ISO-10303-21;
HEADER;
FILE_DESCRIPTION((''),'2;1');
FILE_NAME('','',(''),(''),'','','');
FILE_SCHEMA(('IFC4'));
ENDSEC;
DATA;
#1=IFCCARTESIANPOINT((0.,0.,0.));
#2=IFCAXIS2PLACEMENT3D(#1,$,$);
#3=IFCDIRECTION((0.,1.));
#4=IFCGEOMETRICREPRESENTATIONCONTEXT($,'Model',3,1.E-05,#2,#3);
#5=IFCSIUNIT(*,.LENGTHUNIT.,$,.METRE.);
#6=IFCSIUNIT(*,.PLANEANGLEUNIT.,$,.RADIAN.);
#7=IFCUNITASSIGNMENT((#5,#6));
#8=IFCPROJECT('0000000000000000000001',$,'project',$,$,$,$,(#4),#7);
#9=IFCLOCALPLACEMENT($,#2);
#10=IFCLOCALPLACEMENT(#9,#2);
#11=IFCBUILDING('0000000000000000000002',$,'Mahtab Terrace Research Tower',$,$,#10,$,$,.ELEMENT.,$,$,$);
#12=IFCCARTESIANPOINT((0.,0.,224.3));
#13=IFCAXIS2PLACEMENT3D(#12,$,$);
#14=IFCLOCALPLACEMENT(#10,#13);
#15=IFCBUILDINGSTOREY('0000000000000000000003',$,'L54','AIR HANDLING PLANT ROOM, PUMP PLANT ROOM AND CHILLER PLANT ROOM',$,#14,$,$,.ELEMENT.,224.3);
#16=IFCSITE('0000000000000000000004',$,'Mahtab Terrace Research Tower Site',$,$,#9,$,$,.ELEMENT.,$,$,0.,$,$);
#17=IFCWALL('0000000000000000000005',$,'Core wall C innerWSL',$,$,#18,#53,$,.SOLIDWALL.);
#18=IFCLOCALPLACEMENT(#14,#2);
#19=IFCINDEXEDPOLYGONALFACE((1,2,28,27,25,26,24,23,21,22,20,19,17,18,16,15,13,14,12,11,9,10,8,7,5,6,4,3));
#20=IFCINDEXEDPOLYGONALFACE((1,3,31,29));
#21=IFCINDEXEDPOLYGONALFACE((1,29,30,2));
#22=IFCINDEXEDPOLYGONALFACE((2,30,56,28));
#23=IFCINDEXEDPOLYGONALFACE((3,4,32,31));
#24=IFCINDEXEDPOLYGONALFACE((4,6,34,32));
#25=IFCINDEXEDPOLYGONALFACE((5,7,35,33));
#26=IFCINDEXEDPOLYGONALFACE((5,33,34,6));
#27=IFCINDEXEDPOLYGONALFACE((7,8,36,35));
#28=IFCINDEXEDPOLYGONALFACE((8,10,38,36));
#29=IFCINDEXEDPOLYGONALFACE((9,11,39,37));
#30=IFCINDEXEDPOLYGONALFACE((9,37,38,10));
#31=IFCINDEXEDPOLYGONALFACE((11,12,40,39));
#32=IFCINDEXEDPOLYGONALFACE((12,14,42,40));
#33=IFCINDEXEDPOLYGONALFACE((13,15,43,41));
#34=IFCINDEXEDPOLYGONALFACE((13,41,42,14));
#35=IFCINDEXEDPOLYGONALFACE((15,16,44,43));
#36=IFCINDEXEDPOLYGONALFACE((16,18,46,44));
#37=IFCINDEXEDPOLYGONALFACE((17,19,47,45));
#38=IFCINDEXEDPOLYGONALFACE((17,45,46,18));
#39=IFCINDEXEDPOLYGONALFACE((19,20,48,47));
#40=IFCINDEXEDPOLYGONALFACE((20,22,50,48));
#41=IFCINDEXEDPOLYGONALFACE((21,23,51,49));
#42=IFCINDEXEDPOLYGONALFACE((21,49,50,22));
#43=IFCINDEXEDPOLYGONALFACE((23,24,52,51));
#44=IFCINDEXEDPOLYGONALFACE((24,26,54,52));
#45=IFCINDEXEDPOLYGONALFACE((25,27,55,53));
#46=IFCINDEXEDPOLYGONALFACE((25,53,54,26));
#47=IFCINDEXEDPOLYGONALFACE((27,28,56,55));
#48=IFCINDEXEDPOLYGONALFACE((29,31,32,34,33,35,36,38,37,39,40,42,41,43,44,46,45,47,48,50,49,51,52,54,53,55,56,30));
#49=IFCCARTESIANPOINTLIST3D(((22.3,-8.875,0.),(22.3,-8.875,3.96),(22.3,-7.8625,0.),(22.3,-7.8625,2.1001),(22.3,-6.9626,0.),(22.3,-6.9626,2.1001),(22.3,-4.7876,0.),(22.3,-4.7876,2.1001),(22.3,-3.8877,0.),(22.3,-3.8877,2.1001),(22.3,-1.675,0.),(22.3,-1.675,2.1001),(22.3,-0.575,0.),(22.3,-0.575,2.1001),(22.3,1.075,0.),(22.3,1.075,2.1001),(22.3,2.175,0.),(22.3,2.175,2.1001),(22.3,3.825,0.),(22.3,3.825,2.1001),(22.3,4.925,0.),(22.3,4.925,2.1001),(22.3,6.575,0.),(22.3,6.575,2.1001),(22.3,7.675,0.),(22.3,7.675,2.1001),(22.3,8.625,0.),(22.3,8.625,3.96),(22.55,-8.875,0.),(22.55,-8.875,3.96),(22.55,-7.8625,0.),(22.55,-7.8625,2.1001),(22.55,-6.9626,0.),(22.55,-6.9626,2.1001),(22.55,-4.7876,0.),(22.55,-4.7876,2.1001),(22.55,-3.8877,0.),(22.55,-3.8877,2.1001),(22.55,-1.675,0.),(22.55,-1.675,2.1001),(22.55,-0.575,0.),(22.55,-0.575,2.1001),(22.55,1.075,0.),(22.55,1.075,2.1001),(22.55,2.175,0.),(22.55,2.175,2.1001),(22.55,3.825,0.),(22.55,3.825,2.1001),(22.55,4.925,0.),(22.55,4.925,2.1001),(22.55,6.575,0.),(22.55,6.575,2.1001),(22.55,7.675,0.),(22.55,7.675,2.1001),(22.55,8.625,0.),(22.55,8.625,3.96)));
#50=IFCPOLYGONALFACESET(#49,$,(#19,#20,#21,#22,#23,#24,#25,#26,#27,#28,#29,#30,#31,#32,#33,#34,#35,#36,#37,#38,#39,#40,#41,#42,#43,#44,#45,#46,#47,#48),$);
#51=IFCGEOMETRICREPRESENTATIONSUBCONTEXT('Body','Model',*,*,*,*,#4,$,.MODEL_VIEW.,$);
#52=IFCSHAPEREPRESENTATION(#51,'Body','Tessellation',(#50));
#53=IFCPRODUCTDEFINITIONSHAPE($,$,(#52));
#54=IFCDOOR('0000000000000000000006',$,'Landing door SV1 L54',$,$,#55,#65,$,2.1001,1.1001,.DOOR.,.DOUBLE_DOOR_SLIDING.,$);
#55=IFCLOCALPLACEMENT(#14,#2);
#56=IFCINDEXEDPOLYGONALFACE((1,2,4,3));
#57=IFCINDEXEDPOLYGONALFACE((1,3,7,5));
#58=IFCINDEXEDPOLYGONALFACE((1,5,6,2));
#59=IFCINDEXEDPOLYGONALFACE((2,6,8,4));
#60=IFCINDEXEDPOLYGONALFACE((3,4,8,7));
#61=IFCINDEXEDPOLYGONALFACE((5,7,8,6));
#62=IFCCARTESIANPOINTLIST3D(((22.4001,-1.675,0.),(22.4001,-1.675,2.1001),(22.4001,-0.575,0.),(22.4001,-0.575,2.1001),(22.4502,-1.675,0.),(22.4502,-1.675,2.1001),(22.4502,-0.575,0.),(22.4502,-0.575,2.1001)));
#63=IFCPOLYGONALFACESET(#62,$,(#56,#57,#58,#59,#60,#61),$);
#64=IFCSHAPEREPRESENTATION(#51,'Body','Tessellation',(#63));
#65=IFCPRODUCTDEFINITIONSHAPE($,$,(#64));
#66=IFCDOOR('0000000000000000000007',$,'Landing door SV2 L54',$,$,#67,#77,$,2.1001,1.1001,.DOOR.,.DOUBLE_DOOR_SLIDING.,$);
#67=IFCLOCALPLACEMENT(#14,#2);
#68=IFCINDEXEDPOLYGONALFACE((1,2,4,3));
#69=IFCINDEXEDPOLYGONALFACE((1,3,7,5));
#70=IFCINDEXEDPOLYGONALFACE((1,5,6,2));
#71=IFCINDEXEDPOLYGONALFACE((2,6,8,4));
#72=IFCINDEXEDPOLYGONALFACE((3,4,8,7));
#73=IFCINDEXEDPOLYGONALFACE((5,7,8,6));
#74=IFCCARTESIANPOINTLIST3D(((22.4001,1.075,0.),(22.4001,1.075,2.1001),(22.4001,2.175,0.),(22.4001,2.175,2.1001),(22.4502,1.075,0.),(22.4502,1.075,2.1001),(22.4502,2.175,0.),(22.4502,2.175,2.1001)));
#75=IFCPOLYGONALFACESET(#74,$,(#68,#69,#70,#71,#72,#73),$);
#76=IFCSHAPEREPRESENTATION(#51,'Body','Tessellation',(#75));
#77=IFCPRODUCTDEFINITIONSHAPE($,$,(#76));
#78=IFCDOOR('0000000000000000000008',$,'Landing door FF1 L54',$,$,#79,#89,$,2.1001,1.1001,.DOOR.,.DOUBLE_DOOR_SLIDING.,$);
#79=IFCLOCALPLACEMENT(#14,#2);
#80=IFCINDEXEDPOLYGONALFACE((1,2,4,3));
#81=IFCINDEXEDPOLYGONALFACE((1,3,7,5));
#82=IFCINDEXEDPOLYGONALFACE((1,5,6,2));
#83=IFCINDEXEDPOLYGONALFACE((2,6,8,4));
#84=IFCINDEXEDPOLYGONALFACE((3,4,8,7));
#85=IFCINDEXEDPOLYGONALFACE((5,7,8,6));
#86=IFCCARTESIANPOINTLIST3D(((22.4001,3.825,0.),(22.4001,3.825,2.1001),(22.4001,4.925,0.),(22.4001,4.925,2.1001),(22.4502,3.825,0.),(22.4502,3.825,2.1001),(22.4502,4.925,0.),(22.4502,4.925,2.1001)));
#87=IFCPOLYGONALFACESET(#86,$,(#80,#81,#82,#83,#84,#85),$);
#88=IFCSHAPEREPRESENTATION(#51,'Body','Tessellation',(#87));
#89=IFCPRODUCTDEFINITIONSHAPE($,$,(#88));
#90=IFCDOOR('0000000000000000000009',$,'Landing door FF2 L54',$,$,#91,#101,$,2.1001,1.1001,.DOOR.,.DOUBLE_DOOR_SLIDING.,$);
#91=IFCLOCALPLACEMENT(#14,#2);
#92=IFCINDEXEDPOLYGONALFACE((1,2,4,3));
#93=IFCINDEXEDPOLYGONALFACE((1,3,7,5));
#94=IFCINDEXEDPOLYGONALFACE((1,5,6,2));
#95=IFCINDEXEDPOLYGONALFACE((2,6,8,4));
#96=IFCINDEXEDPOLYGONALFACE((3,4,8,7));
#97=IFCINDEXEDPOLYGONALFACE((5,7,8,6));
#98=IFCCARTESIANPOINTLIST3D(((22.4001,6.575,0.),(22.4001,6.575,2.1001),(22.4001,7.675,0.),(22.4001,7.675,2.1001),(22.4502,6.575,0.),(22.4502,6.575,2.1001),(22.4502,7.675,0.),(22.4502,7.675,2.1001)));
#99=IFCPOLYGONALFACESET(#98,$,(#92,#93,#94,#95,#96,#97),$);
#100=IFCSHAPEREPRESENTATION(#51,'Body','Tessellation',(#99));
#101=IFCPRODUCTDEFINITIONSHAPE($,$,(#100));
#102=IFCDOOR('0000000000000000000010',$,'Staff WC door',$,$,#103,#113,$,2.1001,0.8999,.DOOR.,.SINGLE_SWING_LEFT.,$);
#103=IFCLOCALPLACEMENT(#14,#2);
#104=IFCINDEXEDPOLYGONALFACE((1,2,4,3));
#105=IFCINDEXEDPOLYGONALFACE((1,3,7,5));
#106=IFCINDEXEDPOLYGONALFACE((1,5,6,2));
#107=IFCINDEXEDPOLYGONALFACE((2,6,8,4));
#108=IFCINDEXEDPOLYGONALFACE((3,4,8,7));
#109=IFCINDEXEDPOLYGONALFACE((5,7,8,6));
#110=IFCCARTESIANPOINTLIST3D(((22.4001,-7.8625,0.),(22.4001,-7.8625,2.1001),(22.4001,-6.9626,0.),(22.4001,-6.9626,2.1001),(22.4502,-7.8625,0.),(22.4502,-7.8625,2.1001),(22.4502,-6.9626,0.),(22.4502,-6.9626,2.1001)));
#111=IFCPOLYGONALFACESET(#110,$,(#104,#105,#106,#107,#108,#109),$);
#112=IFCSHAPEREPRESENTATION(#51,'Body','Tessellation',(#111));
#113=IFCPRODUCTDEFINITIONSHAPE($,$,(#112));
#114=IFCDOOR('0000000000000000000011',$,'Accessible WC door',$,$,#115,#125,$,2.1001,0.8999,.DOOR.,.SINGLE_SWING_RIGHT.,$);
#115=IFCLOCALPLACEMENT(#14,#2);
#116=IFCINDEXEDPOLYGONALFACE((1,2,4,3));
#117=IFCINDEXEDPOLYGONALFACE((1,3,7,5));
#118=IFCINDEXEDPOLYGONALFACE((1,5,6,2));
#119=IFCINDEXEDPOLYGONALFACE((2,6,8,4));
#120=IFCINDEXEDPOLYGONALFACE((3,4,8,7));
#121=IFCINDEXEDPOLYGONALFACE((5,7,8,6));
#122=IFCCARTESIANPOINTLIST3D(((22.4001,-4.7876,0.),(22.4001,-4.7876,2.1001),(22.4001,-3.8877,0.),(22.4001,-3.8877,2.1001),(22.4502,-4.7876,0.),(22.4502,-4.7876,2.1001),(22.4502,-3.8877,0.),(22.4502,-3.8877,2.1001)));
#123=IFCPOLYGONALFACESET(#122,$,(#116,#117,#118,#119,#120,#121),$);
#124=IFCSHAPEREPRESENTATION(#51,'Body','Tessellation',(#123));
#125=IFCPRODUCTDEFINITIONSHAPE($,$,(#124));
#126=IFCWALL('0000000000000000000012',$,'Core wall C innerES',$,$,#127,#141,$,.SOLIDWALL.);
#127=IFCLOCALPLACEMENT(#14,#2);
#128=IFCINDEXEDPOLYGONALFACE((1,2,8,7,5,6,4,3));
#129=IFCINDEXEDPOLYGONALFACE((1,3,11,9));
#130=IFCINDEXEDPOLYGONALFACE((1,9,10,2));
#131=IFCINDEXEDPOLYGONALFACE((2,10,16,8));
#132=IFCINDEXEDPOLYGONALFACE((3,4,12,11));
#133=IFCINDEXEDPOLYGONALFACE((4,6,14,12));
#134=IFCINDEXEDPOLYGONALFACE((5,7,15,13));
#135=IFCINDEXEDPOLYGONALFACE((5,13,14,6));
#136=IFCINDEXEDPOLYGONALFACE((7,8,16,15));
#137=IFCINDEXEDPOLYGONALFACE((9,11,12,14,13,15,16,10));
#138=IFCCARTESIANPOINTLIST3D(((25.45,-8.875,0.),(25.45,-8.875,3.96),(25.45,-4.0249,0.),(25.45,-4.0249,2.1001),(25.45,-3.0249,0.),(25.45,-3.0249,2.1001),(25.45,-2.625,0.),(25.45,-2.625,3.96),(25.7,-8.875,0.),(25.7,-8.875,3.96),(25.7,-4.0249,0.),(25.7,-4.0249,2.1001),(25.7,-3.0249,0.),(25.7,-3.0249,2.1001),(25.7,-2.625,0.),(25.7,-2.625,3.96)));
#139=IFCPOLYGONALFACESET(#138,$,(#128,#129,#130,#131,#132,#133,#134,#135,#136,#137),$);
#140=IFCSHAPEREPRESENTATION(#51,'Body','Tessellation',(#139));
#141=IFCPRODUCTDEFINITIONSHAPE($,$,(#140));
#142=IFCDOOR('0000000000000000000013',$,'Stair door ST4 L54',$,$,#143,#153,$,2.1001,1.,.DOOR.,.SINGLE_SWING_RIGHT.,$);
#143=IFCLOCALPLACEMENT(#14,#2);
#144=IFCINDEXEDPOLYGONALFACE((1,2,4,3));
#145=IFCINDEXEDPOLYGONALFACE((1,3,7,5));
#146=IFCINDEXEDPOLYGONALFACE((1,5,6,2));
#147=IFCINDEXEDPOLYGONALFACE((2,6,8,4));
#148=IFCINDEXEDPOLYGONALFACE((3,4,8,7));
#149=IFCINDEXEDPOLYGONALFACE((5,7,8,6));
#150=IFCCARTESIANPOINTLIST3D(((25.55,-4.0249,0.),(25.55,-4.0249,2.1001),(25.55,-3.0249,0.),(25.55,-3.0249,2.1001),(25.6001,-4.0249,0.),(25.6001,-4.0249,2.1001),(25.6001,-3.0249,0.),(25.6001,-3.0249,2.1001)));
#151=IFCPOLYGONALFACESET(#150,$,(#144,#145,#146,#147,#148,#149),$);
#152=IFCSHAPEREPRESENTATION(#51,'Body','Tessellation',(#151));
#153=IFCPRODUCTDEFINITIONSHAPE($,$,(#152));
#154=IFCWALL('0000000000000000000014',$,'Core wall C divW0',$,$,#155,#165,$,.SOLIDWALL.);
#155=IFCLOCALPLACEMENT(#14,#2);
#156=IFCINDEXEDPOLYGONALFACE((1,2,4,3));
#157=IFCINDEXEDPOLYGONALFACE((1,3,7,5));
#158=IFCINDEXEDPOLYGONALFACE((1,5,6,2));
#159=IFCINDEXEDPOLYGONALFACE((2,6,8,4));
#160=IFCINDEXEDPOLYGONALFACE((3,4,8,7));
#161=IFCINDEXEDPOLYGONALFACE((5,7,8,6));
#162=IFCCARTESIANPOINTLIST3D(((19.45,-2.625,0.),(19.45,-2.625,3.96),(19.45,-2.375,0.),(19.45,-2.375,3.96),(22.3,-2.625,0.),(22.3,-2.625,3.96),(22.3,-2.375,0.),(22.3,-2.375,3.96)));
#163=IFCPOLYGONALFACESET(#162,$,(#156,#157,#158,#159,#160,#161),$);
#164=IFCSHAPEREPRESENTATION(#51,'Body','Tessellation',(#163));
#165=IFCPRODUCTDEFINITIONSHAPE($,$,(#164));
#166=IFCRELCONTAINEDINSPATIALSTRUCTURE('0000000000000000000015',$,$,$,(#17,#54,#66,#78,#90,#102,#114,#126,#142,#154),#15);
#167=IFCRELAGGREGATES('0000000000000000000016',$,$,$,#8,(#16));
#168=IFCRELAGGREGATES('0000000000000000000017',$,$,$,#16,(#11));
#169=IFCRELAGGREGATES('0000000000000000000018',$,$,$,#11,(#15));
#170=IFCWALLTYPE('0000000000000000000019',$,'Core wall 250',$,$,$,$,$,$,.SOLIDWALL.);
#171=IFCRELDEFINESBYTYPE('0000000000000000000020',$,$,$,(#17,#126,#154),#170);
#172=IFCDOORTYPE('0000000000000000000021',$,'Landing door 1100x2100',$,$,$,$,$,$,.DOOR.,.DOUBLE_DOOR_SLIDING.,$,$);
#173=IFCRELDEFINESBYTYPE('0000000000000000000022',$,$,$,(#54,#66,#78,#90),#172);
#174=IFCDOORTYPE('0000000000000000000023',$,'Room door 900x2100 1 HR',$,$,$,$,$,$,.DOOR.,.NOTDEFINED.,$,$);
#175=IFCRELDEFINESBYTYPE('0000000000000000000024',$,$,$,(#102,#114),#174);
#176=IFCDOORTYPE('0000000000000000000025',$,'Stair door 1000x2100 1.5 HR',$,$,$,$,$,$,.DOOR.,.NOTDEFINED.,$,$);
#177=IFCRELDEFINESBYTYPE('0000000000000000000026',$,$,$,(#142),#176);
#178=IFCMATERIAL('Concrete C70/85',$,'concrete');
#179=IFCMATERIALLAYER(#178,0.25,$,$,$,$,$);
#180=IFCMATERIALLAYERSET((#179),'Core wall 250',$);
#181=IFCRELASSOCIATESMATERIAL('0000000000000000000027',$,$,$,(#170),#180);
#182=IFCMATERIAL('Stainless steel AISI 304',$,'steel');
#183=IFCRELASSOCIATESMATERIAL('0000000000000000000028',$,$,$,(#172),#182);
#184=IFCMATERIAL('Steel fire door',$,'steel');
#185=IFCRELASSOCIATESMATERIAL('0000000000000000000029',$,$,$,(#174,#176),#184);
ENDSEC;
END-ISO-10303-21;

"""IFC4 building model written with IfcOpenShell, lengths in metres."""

from ifc_helpers import new_model, si_unit, direction, frame, frame_2d, origin, place, context, subcontext, project, spatial, rectangle, extrude, material, layer, layer_set, type_object, element, fill, save


model = new_model("IFC4")

# Units and contexts
model_context = context("Model", 3, precision=1e-05, world=origin(), true_north=direction((0.0, 1.0)))
body_context = subcontext(model_context, "Body", "Model", "MODEL_VIEW")
ifc_project = project(units=[si_unit("LENGTHUNIT", "METRE"), si_unit("PLANEANGLEUNIT", "RADIAN")], contexts=[model_context])

# Site, building, storey
site_placement = place(None, origin())
site = spatial("IfcSite", under=ifc_project, at=site_placement, Name="Mahtab Terrace Research Tower Site", CompositionType="ELEMENT", RefElevation=0.0)
building_placement = place(site_placement, origin())
building = spatial("IfcBuilding", under=site, at=building_placement, Name="Mahtab Terrace Research Tower", CompositionType="ELEMENT")
storey_placement = place(building_placement, frame((0.0, 0.0, 224.3)))
storey = spatial("IfcBuildingStorey", under=building, at=storey_placement, Name="L54", Description="AIR HANDLING PLANT ROOM, PUMP PLANT ROOM AND CHILLER PLANT ROOM", CompositionType="ELEMENT", Elevation=224.3)

# Shared definitions
ifc_material_1 = material(Name="Concrete C70/85", Category="concrete")

# Wall, openings, doors
ifc_layer_1 = layer(ifc_material_1, 0.25)
ifc_layer_set_1 = layer_set([ifc_layer_1], Name="Core wall 250")
wall_type_1 = type_object("IfcWallType", Name="Core wall 250", PredefinedType="SOLIDWALL", material=ifc_layer_set_1)
wall_1_placement = place(storey_placement, frame((22.425, -8.875, 0.0), z_axis=(0.0, 0.0, 1.0), x_axis=(0.0, 1.0, 0.0)))
wall_1 = element("IfcWall", 1, at=wall_1_placement, inside=storey, type_object=wall_type_1, Name="Core wall C innerWSL", PredefinedType="SOLIDWALL", context=body_context, shape_type="SweptSolid", body=[
    extrude(rectangle(XDim=17.5, YDim=0.25, at=frame_2d((8.75, 0.0))), origin(), (0.0, 0.0, 1.0), 3.96),
])
opening_1_placement = place(wall_1_placement, frame((7.2, 0.0, 0.0)))
opening_1 = element("IfcOpeningElement", 2, at=opening_1_placement, cuts=wall_1, PredefinedType="OPENING", context=body_context, shape_type="SweptSolid", body=[
    extrude(rectangle(XDim=1.1001, YDim=2.1001, at=frame_2d((0.55, 1.05))), frame((0.0, 0.135, 0.0), z_axis=(0.0, -1.0, 0.0), x_axis=(1.0, 0.0, 0.0)), (0.0, 0.0, 1.0), 0.27),
])
opening_2_placement = place(wall_1_placement, frame((9.95, 0.0, 0.0)))
opening_2 = element("IfcOpeningElement", 3, at=opening_2_placement, cuts=wall_1, PredefinedType="OPENING", context=body_context, shape_type="SweptSolid", body=[
    extrude(rectangle(XDim=1.1001, YDim=2.1001, at=frame_2d((0.55, 1.05))), frame((0.0, 0.135, 0.0), z_axis=(0.0, -1.0, 0.0), x_axis=(1.0, 0.0, 0.0)), (0.0, 0.0, 1.0), 0.27),
])
opening_3_placement = place(wall_1_placement, frame((12.7, 0.0, 0.0)))
opening_3 = element("IfcOpeningElement", 4, at=opening_3_placement, cuts=wall_1, PredefinedType="OPENING", context=body_context, shape_type="SweptSolid", body=[
    extrude(rectangle(XDim=1.1001, YDim=2.1001, at=frame_2d((0.55, 1.05))), frame((0.0, 0.135, 0.0), z_axis=(0.0, -1.0, 0.0), x_axis=(1.0, 0.0, 0.0)), (0.0, 0.0, 1.0), 0.27),
])
opening_4_placement = place(wall_1_placement, frame((15.45, 0.0, 0.0)))
opening_4 = element("IfcOpeningElement", 5, at=opening_4_placement, cuts=wall_1, PredefinedType="OPENING", context=body_context, shape_type="SweptSolid", body=[
    extrude(rectangle(XDim=1.1001, YDim=2.1001, at=frame_2d((0.55, 1.05))), frame((0.0, 0.135, 0.0), z_axis=(0.0, -1.0, 0.0), x_axis=(1.0, 0.0, 0.0)), (0.0, 0.0, 1.0), 0.27),
])
opening_5_placement = place(wall_1_placement, frame((1.0125, 0.0, 0.0)))
opening_5 = element("IfcOpeningElement", 6, at=opening_5_placement, cuts=wall_1, PredefinedType="OPENING", context=body_context, shape_type="SweptSolid", body=[
    extrude(rectangle(XDim=0.8999, YDim=2.1001, at=frame_2d((0.45, 1.05))), frame((0.0, 0.135, 0.0), z_axis=(0.0, -1.0, 0.0), x_axis=(1.0, 0.0, 0.0)), (0.0, 0.0, 1.0), 0.27),
])
opening_6_placement = place(wall_1_placement, frame((4.0874, 0.0, 0.0)))
opening_6 = element("IfcOpeningElement", 7, at=opening_6_placement, cuts=wall_1, PredefinedType="OPENING", context=body_context, shape_type="SweptSolid", body=[
    extrude(rectangle(XDim=0.8999, YDim=2.1001, at=frame_2d((0.45, 1.05))), frame((0.0, 0.135, 0.0), z_axis=(0.0, -1.0, 0.0), x_axis=(1.0, 0.0, 0.0)), (0.0, 0.0, 1.0), 0.27),
])
ifc_material_2 = material(Name="Stainless steel AISI 304", Category="steel")
door_type_1 = type_object("IfcDoorType", Name="Landing door 1100x2100", OperationType="DOUBLE_DOOR_SLIDING", PredefinedType="DOOR", material=ifc_material_2)
door_1_placement = place(opening_1_placement, origin())
door_1 = element("IfcDoor", 8, at=door_1_placement, inside=storey, type_object=door_type_1, Name="Landing door SV1 L54", OperationType="DOUBLE_DOOR_SLIDING", OverallHeight=2.1001, OverallWidth=1.1001, PredefinedType="DOOR", context=body_context, shape_type="SweptSolid", body=[
    extrude(rectangle(XDim=1.1001, YDim=2.1001, at=frame_2d((0.55, 1.05))), frame((0.0, 0.0249, 0.0), z_axis=(0.0, -1.0, 0.0), x_axis=(1.0, 0.0, 0.0)), (0.0, 0.0, 1.0), 0.05),
])
fill(opening_1, door_1)
door_2_placement = place(opening_2_placement, origin())
door_2 = element("IfcDoor", 9, at=door_2_placement, inside=storey, type_object=door_type_1, Name="Landing door SV2 L54", OperationType="DOUBLE_DOOR_SLIDING", OverallHeight=2.1001, OverallWidth=1.1001, PredefinedType="DOOR", context=body_context, shape_type="SweptSolid", body=[
    extrude(rectangle(XDim=1.1001, YDim=2.1001, at=frame_2d((0.55, 1.05))), frame((0.0, 0.0249, 0.0), z_axis=(0.0, -1.0, 0.0), x_axis=(1.0, 0.0, 0.0)), (0.0, 0.0, 1.0), 0.05),
])
fill(opening_2, door_2)
door_3_placement = place(opening_3_placement, origin())
door_3 = element("IfcDoor", 10, at=door_3_placement, inside=storey, type_object=door_type_1, Name="Landing door FF1 L54", OperationType="DOUBLE_DOOR_SLIDING", OverallHeight=2.1001, OverallWidth=1.1001, PredefinedType="DOOR", context=body_context, shape_type="SweptSolid", body=[
    extrude(rectangle(XDim=1.1001, YDim=2.1001, at=frame_2d((0.55, 1.05))), frame((0.0, 0.0249, 0.0), z_axis=(0.0, -1.0, 0.0), x_axis=(1.0, 0.0, 0.0)), (0.0, 0.0, 1.0), 0.05),
])
fill(opening_3, door_3)
door_4_placement = place(opening_4_placement, origin())
door_4 = element("IfcDoor", 11, at=door_4_placement, inside=storey, type_object=door_type_1, Name="Landing door FF2 L54", OperationType="DOUBLE_DOOR_SLIDING", OverallHeight=2.1001, OverallWidth=1.1001, PredefinedType="DOOR", context=body_context, shape_type="SweptSolid", body=[
    extrude(rectangle(XDim=1.1001, YDim=2.1001, at=frame_2d((0.55, 1.05))), frame((0.0, 0.0249, 0.0), z_axis=(0.0, -1.0, 0.0), x_axis=(1.0, 0.0, 0.0)), (0.0, 0.0, 1.0), 0.05),
])
fill(opening_4, door_4)
ifc_material_3 = material(Name="Steel fire door", Category="steel")
door_type_2 = type_object("IfcDoorType", Name="Room door 900x2100 1 HR", OperationType="NOTDEFINED", PredefinedType="DOOR", material=ifc_material_3)
door_5_placement = place(opening_5_placement, origin())
door_5 = element("IfcDoor", 12, at=door_5_placement, inside=storey, type_object=door_type_2, Name="Staff WC door", OperationType="SINGLE_SWING_LEFT", OverallHeight=2.1001, OverallWidth=0.8999, PredefinedType="DOOR", context=body_context, shape_type="SweptSolid", body=[
    extrude(rectangle(XDim=0.8999, YDim=2.1001, at=frame_2d((0.45, 1.05))), frame((0.0, 0.0249, 0.0), z_axis=(0.0, -1.0, 0.0), x_axis=(1.0, 0.0, 0.0)), (0.0, 0.0, 1.0), 0.05),
])
fill(opening_5, door_5)
door_6_placement = place(opening_6_placement, origin())
door_6 = element("IfcDoor", 13, at=door_6_placement, inside=storey, type_object=door_type_2, Name="Accessible WC door", OperationType="SINGLE_SWING_RIGHT", OverallHeight=2.1001, OverallWidth=0.8999, PredefinedType="DOOR", context=body_context, shape_type="SweptSolid", body=[
    extrude(rectangle(XDim=0.8999, YDim=2.1001, at=frame_2d((0.45, 1.05))), frame((0.0, 0.0249, 0.0), z_axis=(0.0, -1.0, 0.0), x_axis=(1.0, 0.0, 0.0)), (0.0, 0.0, 1.0), 0.05),
])
fill(opening_6, door_6)

# Wall, opening, door
wall_2_placement = place(storey_placement, frame((25.575, -8.875, 0.0), z_axis=(0.0, 0.0, 1.0), x_axis=(0.0, 1.0, 0.0)))
wall_2 = element("IfcWall", 14, at=wall_2_placement, inside=storey, type_object=wall_type_1, Name="Core wall C innerES", PredefinedType="SOLIDWALL", context=body_context, shape_type="SweptSolid", body=[
    extrude(rectangle(XDim=6.25, YDim=0.25, at=frame_2d((3.125, 0.0))), origin(), (0.0, 0.0, 1.0), 3.96),
])
opening_7_placement = place(wall_2_placement, frame((4.8501, 0.0, 0.0)))
opening_7 = element("IfcOpeningElement", 15, at=opening_7_placement, cuts=wall_2, PredefinedType="OPENING", context=body_context, shape_type="SweptSolid", body=[
    extrude(rectangle(XDim=1.0, YDim=2.1001, at=frame_2d((0.5, 1.05))), frame((0.0, 0.135, 0.0), z_axis=(0.0, -1.0, 0.0), x_axis=(1.0, 0.0, 0.0)), (0.0, 0.0, 1.0), 0.27),
])
door_type_3 = type_object("IfcDoorType", Name="Stair door 1000x2100 1.5 HR", OperationType="NOTDEFINED", PredefinedType="DOOR", material=ifc_material_3)
door_7_placement = place(opening_7_placement, origin())
door_7 = element("IfcDoor", 16, at=door_7_placement, inside=storey, type_object=door_type_3, Name="Stair door ST4 L54", OperationType="SINGLE_SWING_RIGHT", OverallHeight=2.1001, OverallWidth=1.0, PredefinedType="DOOR", context=body_context, shape_type="SweptSolid", body=[
    extrude(rectangle(XDim=1.0, YDim=2.1001, at=frame_2d((0.5, 1.05))), frame((0.0, 0.0249, 0.0), z_axis=(0.0, -1.0, 0.0), x_axis=(1.0, 0.0, 0.0)), (0.0, 0.0, 1.0), 0.05),
])
fill(opening_7, door_7)

# Wall
for number, where, z_axis, x_axis, name in (
    (17, (19.45, -2.5, 0.0), (0.0, 0.0, 1.0), (1.0, 0.0, 0.0), "Core wall C divW0"),
):
    element("IfcWall", number, at=place(storey_placement, frame(where, z_axis=z_axis, x_axis=x_axis)), inside=storey, type_object=wall_type_1, Name=name, PredefinedType="SOLIDWALL", context=body_context, shape_type="SweptSolid", body=[
        extrude(rectangle(XDim=2.8501, YDim=0.25, at=frame_2d((1.425, 0.0))), origin(), (0.0, 0.0, 1.0), 3.96),
    ])

save(model, "model.ifc")
